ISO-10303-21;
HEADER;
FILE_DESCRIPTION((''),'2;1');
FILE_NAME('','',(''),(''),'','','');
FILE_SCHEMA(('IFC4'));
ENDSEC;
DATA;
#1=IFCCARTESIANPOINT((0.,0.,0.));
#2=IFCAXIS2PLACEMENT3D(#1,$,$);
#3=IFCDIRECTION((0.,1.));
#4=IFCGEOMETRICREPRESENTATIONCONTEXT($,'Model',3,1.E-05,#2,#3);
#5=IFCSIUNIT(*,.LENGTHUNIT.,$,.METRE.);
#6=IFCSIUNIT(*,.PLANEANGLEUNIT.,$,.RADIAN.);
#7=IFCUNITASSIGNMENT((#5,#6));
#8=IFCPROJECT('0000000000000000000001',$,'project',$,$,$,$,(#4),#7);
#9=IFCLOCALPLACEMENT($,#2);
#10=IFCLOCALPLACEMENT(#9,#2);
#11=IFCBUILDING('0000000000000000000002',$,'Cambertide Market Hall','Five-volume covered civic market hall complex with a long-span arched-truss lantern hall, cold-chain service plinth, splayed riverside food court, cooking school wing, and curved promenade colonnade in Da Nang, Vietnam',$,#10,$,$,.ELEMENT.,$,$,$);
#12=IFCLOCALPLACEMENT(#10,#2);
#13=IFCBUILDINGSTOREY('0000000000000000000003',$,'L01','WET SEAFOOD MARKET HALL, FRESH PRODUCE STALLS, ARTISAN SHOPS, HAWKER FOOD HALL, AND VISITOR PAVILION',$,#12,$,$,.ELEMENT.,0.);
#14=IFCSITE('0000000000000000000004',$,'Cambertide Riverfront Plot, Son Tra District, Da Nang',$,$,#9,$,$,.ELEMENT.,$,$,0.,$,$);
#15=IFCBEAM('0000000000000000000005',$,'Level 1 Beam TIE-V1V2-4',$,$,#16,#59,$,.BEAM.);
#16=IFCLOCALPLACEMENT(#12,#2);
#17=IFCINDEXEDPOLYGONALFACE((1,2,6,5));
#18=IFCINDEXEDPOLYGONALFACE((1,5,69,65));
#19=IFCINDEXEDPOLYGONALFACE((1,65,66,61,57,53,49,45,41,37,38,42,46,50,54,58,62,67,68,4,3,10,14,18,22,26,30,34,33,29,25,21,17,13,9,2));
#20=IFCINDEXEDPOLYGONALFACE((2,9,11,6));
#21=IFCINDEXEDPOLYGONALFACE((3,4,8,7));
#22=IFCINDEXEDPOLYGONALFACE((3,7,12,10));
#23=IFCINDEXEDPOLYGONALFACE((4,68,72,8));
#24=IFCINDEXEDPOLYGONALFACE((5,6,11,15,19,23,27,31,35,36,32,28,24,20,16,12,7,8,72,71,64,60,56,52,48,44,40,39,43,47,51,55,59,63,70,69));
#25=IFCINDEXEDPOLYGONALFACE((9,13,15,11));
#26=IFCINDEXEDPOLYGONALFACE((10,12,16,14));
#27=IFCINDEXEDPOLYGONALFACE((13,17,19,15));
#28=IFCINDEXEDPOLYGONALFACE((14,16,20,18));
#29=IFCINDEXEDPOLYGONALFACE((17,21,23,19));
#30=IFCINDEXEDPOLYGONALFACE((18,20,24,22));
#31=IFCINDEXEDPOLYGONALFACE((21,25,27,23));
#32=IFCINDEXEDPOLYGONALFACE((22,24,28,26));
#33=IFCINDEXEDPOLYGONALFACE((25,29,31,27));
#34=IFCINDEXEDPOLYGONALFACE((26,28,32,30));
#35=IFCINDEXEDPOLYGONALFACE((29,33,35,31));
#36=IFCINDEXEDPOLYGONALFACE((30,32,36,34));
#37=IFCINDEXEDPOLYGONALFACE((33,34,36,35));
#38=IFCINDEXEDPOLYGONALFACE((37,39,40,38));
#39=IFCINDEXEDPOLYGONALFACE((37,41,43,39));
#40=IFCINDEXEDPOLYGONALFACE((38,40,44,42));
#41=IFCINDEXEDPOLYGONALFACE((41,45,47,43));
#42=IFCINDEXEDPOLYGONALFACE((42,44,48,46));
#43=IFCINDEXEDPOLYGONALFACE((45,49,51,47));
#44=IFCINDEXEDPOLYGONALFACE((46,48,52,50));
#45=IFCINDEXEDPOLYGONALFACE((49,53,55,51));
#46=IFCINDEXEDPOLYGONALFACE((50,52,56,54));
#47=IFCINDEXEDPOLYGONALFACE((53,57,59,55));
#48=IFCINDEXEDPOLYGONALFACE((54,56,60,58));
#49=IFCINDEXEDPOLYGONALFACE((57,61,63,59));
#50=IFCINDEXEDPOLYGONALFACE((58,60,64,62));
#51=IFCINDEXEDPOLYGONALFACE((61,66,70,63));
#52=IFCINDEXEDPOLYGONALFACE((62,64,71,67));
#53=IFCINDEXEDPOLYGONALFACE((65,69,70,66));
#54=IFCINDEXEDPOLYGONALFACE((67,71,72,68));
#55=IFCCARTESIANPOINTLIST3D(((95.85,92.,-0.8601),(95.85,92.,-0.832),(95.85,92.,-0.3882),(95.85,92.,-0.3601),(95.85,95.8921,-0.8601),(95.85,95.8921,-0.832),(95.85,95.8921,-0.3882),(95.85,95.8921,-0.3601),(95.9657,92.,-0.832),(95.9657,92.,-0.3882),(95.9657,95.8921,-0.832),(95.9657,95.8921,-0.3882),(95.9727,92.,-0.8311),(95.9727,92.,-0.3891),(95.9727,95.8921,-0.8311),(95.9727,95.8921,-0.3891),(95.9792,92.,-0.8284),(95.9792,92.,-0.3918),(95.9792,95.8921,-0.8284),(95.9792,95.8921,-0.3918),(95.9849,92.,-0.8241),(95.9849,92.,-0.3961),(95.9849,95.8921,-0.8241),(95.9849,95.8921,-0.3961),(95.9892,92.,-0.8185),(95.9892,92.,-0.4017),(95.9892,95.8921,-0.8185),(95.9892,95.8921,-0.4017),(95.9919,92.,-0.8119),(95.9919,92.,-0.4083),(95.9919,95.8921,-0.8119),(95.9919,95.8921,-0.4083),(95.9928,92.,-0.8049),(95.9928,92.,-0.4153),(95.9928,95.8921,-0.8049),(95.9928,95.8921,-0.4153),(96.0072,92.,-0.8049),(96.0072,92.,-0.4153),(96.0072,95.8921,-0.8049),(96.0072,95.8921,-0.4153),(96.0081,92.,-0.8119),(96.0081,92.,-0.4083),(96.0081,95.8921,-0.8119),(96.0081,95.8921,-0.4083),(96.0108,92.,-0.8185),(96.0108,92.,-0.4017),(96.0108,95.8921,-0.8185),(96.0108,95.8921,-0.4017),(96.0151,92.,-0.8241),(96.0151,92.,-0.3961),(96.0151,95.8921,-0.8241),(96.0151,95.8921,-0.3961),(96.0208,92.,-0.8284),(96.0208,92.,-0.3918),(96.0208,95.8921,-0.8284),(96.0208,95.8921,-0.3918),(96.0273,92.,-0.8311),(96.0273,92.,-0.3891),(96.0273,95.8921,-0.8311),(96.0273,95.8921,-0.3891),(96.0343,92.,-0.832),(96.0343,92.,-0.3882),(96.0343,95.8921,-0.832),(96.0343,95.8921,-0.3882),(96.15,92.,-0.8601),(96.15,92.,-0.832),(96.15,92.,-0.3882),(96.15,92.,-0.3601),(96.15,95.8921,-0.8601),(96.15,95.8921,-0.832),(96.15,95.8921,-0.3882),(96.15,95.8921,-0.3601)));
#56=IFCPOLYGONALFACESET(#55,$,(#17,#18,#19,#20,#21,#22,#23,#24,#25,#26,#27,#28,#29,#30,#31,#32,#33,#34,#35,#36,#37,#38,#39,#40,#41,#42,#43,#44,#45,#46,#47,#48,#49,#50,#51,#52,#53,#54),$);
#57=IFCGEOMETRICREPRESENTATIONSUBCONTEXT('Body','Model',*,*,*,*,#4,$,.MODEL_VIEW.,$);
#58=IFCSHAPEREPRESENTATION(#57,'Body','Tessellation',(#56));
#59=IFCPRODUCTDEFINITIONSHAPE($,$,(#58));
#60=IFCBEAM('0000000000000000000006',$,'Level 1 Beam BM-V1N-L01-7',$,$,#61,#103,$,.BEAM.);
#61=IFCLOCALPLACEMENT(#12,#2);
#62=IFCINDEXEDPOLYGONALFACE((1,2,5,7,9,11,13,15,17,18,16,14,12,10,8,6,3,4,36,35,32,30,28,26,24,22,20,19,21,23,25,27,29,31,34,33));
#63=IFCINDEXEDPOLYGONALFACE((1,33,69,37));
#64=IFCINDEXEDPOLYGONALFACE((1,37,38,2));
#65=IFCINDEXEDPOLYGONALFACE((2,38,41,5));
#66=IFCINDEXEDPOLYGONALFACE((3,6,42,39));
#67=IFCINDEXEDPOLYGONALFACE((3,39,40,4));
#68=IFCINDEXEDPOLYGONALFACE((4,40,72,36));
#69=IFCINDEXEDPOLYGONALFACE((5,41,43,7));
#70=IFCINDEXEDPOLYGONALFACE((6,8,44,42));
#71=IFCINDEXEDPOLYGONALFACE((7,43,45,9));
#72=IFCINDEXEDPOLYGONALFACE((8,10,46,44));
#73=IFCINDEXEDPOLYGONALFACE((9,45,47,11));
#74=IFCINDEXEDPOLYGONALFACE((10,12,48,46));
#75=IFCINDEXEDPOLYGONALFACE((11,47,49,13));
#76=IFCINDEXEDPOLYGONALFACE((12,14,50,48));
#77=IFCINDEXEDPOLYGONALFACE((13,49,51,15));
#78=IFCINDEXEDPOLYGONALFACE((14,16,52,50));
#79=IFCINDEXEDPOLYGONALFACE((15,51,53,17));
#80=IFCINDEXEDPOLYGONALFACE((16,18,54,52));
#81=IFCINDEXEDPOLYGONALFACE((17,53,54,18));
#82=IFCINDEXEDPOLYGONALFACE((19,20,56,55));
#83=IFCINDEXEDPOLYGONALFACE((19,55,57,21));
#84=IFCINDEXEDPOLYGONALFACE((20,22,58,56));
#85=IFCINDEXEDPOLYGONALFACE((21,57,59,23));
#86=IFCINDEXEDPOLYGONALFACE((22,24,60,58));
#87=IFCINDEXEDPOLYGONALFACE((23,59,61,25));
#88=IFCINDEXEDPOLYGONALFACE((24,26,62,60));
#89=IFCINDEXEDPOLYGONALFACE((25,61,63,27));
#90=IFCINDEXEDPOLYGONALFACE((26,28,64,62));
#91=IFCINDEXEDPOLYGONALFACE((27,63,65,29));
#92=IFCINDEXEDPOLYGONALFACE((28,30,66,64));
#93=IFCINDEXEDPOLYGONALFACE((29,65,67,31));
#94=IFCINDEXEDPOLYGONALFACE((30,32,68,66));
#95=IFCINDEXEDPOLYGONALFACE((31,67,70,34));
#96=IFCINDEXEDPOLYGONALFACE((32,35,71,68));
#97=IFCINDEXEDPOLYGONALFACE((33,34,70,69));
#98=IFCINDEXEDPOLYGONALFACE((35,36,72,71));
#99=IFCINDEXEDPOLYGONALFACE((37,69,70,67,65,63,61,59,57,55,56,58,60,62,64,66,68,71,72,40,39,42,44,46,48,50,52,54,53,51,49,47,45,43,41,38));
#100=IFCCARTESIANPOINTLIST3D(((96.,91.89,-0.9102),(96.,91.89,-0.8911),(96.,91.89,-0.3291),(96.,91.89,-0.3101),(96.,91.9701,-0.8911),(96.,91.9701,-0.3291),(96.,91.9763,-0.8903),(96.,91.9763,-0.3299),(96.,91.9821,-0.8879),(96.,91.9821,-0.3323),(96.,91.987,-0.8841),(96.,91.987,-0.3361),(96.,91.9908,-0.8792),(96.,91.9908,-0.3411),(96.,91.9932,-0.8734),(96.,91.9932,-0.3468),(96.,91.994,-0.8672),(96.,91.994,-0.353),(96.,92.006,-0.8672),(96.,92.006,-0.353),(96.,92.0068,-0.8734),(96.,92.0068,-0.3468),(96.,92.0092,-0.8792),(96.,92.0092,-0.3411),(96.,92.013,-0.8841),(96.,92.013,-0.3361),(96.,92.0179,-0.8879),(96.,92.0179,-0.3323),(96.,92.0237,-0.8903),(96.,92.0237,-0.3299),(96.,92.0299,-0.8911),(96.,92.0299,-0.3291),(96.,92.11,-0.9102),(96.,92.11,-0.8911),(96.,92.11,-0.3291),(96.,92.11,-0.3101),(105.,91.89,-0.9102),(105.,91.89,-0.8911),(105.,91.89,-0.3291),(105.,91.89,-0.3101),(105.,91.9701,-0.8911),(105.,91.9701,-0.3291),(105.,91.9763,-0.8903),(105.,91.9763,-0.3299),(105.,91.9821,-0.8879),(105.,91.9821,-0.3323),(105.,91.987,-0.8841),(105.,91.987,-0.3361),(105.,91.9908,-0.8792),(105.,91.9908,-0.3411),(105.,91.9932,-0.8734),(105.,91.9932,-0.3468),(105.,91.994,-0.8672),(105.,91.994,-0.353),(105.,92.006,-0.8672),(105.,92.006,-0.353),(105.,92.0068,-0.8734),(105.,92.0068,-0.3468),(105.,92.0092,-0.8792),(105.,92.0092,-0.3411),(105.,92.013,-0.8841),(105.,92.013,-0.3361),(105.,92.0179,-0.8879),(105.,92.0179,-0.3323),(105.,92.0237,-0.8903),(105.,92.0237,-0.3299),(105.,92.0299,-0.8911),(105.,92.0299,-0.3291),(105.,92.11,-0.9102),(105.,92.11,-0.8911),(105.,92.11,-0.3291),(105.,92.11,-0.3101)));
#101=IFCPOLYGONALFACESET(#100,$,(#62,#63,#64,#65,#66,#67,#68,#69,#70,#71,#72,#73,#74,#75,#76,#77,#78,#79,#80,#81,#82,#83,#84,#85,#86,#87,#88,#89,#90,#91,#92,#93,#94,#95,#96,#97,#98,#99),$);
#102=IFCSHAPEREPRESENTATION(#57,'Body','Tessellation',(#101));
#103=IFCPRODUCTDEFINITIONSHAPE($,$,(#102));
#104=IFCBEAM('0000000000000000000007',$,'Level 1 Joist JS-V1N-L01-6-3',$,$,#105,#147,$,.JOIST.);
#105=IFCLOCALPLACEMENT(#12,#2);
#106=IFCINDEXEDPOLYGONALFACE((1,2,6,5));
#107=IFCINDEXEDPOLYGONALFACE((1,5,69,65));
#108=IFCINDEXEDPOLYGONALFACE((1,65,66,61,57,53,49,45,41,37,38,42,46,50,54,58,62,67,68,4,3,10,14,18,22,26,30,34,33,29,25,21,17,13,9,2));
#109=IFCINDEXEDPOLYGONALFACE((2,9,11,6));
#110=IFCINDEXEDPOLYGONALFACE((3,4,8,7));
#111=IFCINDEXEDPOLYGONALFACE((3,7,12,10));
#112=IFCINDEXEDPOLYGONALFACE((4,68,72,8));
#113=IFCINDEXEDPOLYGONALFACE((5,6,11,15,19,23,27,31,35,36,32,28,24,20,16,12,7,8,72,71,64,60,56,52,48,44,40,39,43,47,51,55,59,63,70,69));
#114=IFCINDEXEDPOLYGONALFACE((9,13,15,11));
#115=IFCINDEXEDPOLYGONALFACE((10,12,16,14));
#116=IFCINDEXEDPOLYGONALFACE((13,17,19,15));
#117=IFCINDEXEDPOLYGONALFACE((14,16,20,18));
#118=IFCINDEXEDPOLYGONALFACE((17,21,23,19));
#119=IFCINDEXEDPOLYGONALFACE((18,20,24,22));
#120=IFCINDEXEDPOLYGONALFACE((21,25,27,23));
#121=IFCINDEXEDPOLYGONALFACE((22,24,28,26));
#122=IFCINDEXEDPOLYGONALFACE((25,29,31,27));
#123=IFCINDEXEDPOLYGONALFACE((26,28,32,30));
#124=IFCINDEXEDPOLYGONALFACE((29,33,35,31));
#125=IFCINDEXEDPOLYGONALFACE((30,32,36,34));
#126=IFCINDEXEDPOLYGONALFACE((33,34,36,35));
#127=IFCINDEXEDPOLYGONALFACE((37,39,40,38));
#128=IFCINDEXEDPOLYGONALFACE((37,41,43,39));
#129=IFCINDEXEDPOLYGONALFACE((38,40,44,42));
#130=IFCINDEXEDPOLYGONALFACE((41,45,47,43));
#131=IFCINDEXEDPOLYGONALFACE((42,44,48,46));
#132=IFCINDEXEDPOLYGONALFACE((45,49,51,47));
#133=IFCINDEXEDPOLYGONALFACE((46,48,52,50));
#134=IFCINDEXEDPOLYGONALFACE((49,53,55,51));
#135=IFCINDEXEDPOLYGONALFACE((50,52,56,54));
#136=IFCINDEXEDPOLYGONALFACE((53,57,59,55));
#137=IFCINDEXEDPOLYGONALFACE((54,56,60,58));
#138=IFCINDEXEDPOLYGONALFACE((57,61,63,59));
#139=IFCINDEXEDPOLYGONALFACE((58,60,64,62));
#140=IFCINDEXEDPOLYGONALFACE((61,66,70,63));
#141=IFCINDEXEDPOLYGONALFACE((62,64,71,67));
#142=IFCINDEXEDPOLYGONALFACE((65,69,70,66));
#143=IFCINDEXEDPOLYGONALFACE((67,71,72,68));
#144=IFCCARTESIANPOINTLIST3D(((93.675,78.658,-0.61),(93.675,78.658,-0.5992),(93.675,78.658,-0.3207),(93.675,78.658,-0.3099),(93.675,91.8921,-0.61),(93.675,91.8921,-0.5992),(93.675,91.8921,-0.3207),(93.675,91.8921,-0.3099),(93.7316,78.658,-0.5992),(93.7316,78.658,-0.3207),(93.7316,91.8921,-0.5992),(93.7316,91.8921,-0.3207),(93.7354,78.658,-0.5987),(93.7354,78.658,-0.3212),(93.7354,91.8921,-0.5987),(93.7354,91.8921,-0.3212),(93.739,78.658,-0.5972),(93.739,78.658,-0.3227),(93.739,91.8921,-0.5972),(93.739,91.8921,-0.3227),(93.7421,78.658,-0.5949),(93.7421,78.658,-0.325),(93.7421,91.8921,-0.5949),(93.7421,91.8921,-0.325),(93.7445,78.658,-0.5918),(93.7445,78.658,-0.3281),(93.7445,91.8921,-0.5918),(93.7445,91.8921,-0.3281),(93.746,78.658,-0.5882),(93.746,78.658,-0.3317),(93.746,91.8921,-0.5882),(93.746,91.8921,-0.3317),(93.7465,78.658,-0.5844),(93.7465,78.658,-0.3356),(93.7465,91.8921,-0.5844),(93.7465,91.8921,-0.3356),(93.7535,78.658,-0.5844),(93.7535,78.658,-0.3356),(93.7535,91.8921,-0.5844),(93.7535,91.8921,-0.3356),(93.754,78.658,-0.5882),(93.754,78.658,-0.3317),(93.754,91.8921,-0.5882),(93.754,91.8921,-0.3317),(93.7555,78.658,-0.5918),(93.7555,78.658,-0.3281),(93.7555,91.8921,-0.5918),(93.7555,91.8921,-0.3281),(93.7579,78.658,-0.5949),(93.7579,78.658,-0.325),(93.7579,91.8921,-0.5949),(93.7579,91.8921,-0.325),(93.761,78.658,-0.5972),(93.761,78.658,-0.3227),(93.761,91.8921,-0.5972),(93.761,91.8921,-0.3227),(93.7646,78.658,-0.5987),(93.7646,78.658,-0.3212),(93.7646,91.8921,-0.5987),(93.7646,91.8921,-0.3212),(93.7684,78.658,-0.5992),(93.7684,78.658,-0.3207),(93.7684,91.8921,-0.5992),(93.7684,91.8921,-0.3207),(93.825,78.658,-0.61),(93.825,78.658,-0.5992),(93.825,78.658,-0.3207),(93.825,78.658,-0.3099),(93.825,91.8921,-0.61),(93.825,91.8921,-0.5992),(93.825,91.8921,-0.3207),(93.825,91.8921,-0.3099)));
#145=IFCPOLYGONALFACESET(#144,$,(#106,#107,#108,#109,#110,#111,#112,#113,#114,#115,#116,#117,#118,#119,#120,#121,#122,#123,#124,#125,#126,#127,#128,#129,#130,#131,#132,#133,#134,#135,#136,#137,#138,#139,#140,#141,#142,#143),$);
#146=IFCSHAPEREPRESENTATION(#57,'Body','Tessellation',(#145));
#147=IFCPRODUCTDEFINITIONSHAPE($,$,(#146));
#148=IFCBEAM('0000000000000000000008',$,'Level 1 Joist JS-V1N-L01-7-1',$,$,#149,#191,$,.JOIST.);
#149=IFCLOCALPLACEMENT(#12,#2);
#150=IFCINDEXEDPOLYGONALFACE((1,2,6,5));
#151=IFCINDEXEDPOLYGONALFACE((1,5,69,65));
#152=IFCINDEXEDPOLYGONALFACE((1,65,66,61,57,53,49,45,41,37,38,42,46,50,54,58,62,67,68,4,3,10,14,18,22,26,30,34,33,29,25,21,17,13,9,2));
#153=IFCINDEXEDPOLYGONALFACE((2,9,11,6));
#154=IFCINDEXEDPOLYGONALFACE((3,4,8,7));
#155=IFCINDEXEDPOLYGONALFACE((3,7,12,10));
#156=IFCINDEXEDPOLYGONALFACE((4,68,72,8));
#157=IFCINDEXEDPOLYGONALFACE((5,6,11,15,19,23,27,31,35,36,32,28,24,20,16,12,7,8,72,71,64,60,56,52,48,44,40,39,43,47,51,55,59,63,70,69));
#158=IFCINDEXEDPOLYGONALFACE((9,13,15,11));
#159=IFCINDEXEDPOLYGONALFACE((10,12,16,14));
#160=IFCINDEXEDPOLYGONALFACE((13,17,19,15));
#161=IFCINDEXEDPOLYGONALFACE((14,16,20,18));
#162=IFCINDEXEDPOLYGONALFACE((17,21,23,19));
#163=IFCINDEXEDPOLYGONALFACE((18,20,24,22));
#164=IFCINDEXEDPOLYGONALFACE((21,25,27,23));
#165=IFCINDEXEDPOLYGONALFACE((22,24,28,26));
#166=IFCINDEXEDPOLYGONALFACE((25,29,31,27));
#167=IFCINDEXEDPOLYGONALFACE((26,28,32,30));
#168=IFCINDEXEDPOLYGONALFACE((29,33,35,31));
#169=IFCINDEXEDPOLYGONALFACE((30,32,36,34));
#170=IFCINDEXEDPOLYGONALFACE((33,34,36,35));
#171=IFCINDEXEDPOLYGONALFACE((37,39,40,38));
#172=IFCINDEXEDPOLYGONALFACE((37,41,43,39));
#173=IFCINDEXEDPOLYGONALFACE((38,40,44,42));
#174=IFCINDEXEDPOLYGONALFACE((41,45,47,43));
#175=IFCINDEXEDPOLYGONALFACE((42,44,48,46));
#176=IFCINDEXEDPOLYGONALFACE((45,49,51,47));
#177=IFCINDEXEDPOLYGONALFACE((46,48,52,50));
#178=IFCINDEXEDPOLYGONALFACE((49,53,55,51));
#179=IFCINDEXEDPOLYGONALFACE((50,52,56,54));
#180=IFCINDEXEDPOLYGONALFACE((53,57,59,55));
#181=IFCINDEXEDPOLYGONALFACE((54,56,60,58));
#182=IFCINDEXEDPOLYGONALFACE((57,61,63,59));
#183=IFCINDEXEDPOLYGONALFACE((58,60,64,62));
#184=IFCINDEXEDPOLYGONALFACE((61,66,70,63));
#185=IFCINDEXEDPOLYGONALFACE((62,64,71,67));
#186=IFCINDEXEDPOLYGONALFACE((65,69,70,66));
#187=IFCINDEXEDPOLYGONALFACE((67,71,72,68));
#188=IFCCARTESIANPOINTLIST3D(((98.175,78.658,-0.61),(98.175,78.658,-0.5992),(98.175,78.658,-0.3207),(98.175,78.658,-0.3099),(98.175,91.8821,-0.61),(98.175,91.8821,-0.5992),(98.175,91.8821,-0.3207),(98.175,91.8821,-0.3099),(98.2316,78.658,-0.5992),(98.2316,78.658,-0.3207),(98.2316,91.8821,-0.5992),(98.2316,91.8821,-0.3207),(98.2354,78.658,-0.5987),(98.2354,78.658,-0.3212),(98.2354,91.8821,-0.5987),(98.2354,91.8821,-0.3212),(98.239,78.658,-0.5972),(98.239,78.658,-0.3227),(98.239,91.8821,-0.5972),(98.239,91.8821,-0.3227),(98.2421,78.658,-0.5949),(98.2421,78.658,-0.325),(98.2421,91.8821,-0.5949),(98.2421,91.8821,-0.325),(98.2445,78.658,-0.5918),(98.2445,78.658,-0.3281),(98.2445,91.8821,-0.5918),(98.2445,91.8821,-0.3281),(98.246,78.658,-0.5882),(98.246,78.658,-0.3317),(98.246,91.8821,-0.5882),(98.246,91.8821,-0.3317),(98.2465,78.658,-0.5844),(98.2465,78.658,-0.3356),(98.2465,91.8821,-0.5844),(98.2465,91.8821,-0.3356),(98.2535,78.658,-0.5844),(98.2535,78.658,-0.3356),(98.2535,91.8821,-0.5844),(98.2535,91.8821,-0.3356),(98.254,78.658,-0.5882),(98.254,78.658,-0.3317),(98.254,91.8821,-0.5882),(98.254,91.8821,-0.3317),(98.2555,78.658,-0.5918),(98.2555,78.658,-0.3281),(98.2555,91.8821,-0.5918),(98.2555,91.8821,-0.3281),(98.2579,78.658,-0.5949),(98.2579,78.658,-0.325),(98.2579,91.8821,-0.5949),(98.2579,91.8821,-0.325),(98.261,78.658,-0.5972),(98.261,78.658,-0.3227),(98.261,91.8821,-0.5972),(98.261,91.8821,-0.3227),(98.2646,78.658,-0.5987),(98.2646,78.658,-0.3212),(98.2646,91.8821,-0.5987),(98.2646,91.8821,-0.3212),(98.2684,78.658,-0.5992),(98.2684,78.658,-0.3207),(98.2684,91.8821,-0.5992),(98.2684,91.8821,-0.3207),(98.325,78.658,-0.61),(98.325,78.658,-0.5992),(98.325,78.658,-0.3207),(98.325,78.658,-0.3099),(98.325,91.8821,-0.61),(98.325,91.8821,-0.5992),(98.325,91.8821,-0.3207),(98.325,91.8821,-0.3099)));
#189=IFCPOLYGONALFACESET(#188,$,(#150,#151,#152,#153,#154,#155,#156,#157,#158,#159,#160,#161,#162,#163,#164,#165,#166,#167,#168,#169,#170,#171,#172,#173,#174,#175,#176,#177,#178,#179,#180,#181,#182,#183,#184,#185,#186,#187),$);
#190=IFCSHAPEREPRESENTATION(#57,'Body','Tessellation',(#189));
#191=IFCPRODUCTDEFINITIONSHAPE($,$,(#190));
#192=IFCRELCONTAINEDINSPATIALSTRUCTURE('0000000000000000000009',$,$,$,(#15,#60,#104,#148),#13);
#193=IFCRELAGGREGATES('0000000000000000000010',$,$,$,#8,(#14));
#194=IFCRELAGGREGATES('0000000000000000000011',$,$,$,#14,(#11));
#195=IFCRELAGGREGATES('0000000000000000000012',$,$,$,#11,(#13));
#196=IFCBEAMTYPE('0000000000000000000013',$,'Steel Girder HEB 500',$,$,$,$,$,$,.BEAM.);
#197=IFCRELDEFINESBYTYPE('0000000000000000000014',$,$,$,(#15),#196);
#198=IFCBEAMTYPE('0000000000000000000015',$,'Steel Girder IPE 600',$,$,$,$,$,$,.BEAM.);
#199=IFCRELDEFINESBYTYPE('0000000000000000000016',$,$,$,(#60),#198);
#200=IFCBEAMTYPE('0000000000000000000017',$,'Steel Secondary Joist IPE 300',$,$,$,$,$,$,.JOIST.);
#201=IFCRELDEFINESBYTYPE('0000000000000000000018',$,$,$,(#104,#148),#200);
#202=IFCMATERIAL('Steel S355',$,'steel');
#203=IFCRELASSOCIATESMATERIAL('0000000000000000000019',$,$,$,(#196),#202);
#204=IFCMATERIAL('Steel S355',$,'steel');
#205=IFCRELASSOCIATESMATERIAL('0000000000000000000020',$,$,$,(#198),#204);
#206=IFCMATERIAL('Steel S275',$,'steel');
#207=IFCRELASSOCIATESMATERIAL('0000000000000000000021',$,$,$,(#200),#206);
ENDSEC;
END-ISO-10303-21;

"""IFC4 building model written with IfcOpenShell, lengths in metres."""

from ifc_helpers import new_model, si_unit, direction, frame, origin, origin_2d, place, context, subcontext, project, spatial, i_section, extrude, material, material_profile, profile_set, type_object, element, save


model = new_model("IFC4")

# Units and contexts
model_context = context("Model", 3, precision=1e-05, world=origin(), true_north=direction((0.0, 1.0)))
body_context = subcontext(model_context, "Body", "Model", "MODEL_VIEW")
ifc_project = project(units=[si_unit("LENGTHUNIT", "METRE"), si_unit("PLANEANGLEUNIT", "RADIAN")], contexts=[model_context])

# Site, building, storey
site_placement = place(None, origin())
site = spatial("IfcSite", under=ifc_project, at=site_placement, Name="Cambertide Riverfront Plot, Son Tra District, Da Nang", CompositionType="ELEMENT", RefElevation=0.0)
building_placement = place(site_placement, origin())
building = spatial("IfcBuilding", under=site, at=building_placement, Name="Cambertide Market Hall", Description="Five-volume covered civic market hall complex with a long-span arched-truss lantern hall, cold-chain service plinth, splayed riverside food court, cooking school wing, and curved promenade colonnade in Da Nang, Vietnam", CompositionType="ELEMENT")
storey_placement = place(building_placement, origin())
storey = spatial("IfcBuildingStorey", under=building, at=storey_placement, Name="L01", Description="WET SEAFOOD MARKET HALL, FRESH PRODUCE STALLS, ARTISAN SHOPS, HAWKER FOOD HALL, AND VISITOR PAVILION", CompositionType="ELEMENT", Elevation=0.0)

# Beams
ifc_material_1 = material(Name="Steel S355", Category="steel")
ifc_material_profile_1 = material_profile(ifc_material_1, i_section(OverallWidth=0.3, OverallDepth=0.5, WebThickness=0.0144, FlangeThickness=0.0281, FilletRadius=0.0271, at=origin_2d()), Name="HEB 500")
ifc_profile_set_1 = profile_set([ifc_material_profile_1], Name="Steel S355")
beam_type_1 = type_object("IfcBeamType", Name="Steel Girder HEB 500", PredefinedType="BEAM", material=ifc_profile_set_1)
beam_1_placement = place(storey_placement, frame((96.0, 92.0, -0.6101), z_axis=(0.0, 1.0, 0.0), x_axis=(-1.0, 0.0, 0.0)))
element("IfcBeam", 1, at=beam_1_placement, inside=storey, type_object=beam_type_1, Name="Level 1 Beam TIE-V1V2-4", PredefinedType="BEAM", context=body_context, shape_type="SweptSolid", body=[
    extrude(i_section(OverallWidth=0.3, OverallDepth=0.5, WebThickness=0.0144, FlangeThickness=0.0281, FilletRadius=0.0271, at=origin_2d()), origin(), (0.0, 0.0, 1.0), 3.8921),
])
ifc_material_2 = material(Name="Steel S355", Category="steel")
ifc_material_profile_2 = material_profile(ifc_material_2, i_section(OverallWidth=0.22, OverallDepth=0.6001, WebThickness=0.012, FlangeThickness=0.019, FilletRadius=0.0239, at=origin_2d()), Name="IPE 600")
ifc_profile_set_2 = profile_set([ifc_material_profile_2], Name="Steel S355")
beam_type_2 = type_object("IfcBeamType", Name="Steel Girder IPE 600", PredefinedType="BEAM", material=ifc_profile_set_2)
beam_2_placement = place(storey_placement, frame((96.0, 92.0, -0.6101), z_axis=(1.0, 0.0, 0.0), x_axis=(0.0, 1.0, 0.0)))
element("IfcBeam", 2, at=beam_2_placement, inside=storey, type_object=beam_type_2, Name="Level 1 Beam BM-V1N-L01-7", PredefinedType="BEAM", context=body_context, shape_type="SweptSolid", body=[
    extrude(i_section(OverallWidth=0.22, OverallDepth=0.6001, WebThickness=0.012, FlangeThickness=0.019, FilletRadius=0.0239, at=origin_2d()), origin(), (0.0, 0.0, 1.0), 9.0),
])
ifc_material_3 = material(Name="Steel S275", Category="steel")
ifc_material_profile_3 = material_profile(ifc_material_3, i_section(OverallWidth=0.1499, OverallDepth=0.3, WebThickness=0.0071, FlangeThickness=0.0107, FilletRadius=0.0149, at=origin_2d()), Name="IPE 300")
ifc_profile_set_3 = profile_set([ifc_material_profile_3], Name="Steel S275")
beam_type_3 = type_object("IfcBeamType", Name="Steel Secondary Joist IPE 300", PredefinedType="JOIST", material=ifc_profile_set_3)
beam_3_placement = place(storey_placement, frame((93.75, 78.658, -0.46), z_axis=(0.0, 1.0, 0.0), x_axis=(-1.0, 0.0, 0.0)))
element("IfcBeam", 3, at=beam_3_placement, inside=storey, type_object=beam_type_3, Name="Level 1 Joist JS-V1N-L01-6-3", PredefinedType="JOIST", context=body_context, shape_type="SweptSolid", body=[
    extrude(i_section(OverallWidth=0.1499, OverallDepth=0.3, WebThickness=0.0071, FlangeThickness=0.0107, FilletRadius=0.0149, at=origin_2d()), origin(), (0.0, 0.0, 1.0), 13.2341),
])
for number, where, z_axis, x_axis, name in (
    (4, (98.25, 78.658, -0.46), (0.0, 1.0, 0.0), (-1.0, 0.0, 0.0), "Level 1 Joist JS-V1N-L01-7-1"),
):
    element("IfcBeam", number, at=place(storey_placement, frame(where, z_axis=z_axis, x_axis=x_axis)), inside=storey, type_object=beam_type_3, Name=name, PredefinedType="JOIST", context=body_context, shape_type="SweptSolid", body=[
        extrude(i_section(OverallWidth=0.1499, OverallDepth=0.3, WebThickness=0.0071, FlangeThickness=0.0107, FilletRadius=0.0149, at=origin_2d()), origin(), (0.0, 0.0, 1.0), 13.2241),
    ])

save(model, "model.ifc")
